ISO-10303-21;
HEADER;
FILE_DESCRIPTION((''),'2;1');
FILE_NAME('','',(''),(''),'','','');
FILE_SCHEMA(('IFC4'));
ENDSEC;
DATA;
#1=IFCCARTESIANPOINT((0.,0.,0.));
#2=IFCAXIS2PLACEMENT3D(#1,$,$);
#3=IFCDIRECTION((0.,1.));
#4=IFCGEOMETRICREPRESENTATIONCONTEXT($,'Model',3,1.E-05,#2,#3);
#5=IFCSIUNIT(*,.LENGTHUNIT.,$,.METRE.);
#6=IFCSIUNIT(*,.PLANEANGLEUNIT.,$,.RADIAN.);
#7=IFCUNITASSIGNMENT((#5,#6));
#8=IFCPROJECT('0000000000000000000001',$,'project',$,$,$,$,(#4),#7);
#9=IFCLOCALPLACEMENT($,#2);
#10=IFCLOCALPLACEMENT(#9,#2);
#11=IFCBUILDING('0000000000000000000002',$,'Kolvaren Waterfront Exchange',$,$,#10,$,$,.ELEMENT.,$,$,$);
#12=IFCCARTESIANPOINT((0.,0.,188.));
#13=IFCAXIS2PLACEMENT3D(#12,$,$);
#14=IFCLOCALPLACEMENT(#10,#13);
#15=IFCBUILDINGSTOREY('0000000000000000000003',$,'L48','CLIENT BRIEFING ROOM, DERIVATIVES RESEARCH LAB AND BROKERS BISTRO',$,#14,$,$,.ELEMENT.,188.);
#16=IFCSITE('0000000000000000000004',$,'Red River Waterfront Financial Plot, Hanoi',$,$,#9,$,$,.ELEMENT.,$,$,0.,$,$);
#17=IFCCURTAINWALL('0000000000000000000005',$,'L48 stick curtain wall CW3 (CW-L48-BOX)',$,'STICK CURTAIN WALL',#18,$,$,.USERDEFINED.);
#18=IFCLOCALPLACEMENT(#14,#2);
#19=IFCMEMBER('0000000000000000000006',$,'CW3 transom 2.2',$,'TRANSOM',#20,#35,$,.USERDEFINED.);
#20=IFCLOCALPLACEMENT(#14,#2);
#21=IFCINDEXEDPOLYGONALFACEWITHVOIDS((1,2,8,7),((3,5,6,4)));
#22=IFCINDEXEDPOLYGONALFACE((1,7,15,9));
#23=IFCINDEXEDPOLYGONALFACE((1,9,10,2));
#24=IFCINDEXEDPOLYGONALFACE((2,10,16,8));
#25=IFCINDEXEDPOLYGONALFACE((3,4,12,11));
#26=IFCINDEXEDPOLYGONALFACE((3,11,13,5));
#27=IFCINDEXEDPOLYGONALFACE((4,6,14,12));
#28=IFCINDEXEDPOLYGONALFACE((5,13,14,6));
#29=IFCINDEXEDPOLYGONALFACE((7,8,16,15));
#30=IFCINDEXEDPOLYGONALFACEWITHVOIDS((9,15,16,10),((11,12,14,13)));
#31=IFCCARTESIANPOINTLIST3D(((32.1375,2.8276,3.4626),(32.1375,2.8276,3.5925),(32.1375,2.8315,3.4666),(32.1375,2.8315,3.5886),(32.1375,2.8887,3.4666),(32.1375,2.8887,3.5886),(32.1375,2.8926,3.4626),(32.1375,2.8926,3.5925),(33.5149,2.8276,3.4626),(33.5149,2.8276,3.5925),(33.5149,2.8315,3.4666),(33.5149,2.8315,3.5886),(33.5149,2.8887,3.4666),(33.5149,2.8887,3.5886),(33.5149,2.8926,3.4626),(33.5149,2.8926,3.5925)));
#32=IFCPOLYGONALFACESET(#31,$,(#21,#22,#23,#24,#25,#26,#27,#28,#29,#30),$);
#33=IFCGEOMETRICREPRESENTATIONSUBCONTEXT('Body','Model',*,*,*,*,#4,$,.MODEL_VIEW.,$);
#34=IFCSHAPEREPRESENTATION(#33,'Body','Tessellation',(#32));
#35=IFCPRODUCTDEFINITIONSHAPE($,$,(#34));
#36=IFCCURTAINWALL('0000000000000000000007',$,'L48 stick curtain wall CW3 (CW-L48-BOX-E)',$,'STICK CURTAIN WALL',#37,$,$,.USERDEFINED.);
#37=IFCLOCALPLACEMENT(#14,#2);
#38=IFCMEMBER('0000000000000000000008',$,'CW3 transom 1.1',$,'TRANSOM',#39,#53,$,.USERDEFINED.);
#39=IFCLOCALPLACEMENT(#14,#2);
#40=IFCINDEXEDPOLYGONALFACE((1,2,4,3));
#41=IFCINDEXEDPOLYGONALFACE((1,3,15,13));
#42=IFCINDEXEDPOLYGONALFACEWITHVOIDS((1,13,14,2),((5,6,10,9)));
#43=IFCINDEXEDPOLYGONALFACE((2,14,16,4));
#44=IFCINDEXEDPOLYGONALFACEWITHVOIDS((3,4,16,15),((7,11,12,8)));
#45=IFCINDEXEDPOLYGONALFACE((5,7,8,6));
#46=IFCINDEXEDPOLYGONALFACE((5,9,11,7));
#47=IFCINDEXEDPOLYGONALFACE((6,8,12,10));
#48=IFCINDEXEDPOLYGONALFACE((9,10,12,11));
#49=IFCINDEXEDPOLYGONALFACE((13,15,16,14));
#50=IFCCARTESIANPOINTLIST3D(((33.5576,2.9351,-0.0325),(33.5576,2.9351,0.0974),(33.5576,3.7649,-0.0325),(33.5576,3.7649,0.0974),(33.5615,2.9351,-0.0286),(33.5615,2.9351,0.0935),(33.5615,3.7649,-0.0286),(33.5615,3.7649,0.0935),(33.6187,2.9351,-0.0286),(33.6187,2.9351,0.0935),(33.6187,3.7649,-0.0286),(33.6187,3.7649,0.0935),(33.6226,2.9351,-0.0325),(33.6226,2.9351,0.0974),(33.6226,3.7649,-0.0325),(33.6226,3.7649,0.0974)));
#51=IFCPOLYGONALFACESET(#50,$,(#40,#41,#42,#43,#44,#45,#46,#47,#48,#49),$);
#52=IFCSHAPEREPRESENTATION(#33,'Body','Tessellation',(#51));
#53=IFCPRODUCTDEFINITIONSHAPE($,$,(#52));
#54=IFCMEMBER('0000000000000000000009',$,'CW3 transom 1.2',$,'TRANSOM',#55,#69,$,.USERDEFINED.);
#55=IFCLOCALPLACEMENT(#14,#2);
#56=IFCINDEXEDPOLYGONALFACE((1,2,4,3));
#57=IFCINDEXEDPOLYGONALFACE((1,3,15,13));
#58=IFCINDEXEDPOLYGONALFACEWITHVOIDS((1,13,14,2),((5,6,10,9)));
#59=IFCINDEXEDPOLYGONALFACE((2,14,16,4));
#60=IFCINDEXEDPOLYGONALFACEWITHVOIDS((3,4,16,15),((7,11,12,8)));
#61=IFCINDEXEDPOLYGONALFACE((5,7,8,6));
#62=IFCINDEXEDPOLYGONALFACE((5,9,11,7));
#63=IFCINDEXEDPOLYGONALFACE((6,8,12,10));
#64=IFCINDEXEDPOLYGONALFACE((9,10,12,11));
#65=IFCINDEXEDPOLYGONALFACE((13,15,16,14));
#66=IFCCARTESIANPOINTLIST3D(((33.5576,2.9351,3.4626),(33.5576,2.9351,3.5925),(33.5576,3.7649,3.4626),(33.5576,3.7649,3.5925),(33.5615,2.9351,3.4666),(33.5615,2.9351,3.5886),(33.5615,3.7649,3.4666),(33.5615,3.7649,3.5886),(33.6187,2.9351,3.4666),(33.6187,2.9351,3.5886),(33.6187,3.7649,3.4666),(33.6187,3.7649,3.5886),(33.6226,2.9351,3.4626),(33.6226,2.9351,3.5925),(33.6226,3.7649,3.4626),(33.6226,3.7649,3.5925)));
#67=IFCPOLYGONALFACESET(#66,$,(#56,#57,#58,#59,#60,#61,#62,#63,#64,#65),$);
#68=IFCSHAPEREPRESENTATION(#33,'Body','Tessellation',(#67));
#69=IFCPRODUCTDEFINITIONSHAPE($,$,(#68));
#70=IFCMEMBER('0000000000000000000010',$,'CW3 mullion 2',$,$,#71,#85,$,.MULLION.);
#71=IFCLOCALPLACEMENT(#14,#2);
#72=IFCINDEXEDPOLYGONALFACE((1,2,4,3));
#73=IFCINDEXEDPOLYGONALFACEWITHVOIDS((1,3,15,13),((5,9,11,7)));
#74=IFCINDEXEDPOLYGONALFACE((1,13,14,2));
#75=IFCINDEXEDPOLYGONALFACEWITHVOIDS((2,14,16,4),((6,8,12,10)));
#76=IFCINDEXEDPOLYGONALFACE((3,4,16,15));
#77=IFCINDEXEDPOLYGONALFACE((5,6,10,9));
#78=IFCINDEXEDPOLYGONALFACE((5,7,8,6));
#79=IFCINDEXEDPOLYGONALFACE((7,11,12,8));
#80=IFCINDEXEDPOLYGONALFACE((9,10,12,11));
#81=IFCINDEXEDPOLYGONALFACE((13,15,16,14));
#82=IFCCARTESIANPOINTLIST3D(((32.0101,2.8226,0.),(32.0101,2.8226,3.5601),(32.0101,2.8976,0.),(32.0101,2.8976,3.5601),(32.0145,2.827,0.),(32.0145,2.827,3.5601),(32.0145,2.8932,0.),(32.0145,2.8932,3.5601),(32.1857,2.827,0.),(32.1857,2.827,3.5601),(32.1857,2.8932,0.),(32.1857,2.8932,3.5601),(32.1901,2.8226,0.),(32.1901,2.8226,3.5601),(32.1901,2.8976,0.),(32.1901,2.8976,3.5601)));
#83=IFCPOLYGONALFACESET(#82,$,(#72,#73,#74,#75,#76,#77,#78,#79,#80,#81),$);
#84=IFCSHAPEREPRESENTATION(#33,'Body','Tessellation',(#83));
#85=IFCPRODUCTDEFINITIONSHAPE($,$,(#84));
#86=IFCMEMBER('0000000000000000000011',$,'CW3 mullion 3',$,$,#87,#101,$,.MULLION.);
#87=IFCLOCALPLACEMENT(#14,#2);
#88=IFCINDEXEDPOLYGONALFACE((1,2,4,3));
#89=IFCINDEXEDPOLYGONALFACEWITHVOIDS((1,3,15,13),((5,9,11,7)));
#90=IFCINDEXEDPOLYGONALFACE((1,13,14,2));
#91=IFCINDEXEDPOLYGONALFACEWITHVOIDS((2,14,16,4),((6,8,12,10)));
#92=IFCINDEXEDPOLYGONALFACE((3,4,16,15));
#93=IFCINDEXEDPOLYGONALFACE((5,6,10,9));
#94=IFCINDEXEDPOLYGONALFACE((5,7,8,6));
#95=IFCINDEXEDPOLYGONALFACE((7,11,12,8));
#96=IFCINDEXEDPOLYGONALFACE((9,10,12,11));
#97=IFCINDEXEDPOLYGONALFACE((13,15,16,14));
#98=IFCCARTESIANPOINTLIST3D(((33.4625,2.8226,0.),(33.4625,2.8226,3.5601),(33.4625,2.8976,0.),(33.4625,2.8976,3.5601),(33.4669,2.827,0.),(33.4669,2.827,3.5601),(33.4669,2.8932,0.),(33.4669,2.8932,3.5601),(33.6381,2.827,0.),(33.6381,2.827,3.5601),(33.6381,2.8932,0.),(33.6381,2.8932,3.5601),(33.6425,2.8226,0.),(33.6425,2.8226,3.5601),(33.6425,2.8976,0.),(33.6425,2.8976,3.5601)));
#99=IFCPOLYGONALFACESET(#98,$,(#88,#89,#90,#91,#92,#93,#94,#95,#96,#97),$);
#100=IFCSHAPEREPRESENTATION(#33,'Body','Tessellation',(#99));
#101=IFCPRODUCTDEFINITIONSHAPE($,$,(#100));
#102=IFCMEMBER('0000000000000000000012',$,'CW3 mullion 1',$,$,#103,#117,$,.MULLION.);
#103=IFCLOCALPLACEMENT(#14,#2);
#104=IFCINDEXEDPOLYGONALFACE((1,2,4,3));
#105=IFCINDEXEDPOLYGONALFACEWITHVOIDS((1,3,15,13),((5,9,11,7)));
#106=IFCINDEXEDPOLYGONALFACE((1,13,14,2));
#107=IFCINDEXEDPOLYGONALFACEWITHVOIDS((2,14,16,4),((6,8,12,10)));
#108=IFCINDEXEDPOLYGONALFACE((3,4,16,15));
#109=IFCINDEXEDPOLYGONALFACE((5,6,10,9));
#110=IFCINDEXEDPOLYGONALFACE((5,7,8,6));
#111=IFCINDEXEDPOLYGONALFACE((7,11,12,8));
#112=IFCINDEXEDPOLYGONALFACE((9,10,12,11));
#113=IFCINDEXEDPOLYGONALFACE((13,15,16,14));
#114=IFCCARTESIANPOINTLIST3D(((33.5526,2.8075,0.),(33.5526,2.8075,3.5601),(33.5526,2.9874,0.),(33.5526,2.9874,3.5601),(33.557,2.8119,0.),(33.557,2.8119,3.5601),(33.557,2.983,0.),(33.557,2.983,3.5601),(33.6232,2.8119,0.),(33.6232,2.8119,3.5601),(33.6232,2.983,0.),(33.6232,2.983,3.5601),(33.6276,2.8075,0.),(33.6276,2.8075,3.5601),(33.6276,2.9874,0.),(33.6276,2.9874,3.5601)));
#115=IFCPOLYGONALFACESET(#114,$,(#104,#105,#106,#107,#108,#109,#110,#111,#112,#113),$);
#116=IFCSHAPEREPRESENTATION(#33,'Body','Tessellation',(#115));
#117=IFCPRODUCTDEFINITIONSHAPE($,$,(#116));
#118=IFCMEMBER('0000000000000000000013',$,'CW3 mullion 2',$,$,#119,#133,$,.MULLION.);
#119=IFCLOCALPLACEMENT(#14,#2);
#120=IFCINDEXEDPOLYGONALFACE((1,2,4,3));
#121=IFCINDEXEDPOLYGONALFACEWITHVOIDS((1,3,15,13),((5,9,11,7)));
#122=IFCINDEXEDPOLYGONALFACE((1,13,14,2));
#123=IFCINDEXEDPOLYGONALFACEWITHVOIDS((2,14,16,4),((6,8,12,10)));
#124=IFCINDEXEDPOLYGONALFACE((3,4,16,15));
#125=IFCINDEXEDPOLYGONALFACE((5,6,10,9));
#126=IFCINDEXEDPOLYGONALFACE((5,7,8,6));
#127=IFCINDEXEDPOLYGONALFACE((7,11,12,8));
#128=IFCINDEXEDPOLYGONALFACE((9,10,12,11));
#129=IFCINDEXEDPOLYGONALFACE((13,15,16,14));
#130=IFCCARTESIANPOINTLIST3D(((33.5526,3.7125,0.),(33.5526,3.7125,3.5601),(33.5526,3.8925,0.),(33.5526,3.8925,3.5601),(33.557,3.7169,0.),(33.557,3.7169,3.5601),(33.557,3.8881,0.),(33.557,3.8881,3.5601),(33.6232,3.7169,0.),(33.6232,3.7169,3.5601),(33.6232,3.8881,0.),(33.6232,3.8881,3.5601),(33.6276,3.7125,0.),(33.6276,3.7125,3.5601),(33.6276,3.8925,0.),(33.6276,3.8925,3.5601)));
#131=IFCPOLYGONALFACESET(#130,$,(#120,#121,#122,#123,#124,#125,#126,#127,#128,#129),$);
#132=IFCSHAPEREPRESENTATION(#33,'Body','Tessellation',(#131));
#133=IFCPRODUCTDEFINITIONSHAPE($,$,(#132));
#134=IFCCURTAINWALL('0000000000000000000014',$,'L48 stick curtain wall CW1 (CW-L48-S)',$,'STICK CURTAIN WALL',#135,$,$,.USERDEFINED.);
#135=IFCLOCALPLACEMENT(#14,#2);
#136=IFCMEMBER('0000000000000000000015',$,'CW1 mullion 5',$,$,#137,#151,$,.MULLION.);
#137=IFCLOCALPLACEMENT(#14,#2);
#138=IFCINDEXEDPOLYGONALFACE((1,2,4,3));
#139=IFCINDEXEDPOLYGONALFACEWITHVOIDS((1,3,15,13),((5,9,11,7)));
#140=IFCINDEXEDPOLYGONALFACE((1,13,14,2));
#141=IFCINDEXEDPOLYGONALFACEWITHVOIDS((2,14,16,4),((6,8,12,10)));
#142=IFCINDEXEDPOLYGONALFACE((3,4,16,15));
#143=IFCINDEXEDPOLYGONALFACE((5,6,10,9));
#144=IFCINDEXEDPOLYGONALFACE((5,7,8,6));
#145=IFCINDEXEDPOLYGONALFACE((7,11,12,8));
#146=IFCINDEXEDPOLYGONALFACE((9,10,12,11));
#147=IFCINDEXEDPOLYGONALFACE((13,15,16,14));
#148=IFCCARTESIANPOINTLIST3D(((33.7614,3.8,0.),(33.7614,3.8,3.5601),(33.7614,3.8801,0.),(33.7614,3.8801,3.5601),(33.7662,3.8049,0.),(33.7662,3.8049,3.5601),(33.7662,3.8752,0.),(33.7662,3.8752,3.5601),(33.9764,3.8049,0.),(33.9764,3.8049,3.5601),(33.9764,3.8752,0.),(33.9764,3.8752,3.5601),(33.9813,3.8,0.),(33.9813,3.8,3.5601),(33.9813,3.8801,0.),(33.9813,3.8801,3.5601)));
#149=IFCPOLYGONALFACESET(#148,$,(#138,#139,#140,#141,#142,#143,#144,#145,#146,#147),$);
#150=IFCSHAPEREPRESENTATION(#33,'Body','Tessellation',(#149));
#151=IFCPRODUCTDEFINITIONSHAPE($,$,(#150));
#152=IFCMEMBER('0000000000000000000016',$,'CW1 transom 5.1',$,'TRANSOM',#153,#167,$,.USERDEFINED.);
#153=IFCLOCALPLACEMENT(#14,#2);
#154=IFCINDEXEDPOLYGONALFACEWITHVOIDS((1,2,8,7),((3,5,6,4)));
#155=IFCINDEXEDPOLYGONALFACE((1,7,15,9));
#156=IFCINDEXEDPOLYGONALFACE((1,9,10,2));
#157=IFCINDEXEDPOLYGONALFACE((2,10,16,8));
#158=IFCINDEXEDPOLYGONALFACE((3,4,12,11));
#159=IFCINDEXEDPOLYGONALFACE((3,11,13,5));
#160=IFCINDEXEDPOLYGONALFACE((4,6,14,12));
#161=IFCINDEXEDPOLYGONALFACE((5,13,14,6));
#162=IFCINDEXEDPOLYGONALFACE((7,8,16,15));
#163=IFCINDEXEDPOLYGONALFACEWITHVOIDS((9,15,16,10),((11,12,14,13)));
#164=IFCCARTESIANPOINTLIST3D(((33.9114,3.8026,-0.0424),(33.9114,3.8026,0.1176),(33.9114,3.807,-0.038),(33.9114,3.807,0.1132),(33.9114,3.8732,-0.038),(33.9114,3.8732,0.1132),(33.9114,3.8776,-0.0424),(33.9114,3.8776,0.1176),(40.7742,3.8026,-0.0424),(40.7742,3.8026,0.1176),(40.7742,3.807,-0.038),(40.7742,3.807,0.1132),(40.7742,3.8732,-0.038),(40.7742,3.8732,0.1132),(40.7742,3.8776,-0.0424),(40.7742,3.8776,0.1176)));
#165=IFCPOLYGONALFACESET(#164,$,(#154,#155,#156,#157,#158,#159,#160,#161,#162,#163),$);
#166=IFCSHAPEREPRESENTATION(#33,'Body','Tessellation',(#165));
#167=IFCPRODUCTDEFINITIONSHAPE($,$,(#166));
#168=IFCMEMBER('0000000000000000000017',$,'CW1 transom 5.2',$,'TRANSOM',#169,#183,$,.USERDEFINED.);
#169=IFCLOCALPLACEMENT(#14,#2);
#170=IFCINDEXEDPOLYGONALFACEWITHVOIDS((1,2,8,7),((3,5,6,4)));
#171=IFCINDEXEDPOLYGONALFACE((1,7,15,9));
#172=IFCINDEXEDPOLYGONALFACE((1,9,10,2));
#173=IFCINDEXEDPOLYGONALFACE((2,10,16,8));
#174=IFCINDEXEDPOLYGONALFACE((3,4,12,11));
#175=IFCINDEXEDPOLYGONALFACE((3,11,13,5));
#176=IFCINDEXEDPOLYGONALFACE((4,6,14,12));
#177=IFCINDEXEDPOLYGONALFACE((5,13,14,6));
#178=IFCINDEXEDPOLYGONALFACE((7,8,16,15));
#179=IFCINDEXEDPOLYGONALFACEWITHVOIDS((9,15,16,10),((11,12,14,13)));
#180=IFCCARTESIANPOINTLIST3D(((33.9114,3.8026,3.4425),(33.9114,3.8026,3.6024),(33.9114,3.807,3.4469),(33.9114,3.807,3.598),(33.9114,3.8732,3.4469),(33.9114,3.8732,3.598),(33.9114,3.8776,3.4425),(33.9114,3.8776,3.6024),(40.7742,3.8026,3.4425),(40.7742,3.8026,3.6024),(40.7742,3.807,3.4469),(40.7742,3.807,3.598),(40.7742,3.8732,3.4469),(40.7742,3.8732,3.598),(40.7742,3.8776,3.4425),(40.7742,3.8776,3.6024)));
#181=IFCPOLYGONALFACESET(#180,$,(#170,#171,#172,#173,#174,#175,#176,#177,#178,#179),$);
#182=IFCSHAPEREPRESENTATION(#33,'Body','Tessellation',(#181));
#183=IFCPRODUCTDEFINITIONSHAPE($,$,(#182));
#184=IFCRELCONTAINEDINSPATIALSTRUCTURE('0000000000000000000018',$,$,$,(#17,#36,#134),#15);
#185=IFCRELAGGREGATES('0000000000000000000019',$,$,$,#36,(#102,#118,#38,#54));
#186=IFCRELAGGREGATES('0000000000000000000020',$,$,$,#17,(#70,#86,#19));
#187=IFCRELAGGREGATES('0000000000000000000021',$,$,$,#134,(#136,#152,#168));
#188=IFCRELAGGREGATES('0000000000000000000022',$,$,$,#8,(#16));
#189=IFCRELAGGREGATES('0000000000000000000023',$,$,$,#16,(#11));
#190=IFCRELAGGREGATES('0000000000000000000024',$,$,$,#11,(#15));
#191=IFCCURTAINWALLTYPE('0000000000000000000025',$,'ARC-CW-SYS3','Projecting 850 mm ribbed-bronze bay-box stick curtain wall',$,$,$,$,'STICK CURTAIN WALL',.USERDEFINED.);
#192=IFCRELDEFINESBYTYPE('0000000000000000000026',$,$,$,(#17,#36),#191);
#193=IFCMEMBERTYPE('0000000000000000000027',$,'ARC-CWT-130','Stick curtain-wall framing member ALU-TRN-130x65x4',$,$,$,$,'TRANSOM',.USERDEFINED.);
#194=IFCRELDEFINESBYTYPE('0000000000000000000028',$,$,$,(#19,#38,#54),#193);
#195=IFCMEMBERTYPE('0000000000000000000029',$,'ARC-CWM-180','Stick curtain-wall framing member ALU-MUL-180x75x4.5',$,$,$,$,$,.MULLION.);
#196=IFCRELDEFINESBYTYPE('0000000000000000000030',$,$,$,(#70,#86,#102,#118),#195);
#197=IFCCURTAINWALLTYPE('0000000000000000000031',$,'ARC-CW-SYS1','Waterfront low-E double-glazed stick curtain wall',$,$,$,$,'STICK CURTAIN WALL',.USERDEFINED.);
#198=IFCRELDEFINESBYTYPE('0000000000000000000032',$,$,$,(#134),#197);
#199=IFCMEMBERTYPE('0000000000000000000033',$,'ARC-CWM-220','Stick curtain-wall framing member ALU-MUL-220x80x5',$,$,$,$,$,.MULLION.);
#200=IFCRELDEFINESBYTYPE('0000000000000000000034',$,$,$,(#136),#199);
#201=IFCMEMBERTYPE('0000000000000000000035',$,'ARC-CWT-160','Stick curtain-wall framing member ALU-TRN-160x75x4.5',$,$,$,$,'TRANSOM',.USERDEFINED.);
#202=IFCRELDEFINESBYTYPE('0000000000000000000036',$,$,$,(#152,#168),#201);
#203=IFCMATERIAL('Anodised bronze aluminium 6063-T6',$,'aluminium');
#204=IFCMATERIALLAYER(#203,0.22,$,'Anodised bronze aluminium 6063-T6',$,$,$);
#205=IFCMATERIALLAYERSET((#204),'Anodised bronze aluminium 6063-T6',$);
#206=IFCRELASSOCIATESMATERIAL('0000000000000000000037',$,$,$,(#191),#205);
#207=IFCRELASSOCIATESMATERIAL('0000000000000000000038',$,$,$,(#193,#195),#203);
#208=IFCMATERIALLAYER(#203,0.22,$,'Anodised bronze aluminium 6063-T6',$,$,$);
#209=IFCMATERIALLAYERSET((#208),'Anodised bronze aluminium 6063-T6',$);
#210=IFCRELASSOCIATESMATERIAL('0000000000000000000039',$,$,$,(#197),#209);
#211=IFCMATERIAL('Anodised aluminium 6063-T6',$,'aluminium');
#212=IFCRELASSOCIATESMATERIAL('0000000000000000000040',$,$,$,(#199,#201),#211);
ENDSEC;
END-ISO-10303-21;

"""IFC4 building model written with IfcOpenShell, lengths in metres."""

from ifc_helpers import new_model, si_unit, direction, frame, origin, origin_with_axes, origin_2d, place, context, subcontext, project, spatial, hollow_rectangle, extrude, source, transform, mapped, material, layer, layer_set, material_profile, profile_set, type_object, element, aggregate, save


model = new_model("IFC4")

# Units and contexts
model_context = context("Model", 3, precision=1e-05, world=origin(), true_north=direction((0.0, 1.0)))
body_context = subcontext(model_context, "Body", "Model", "MODEL_VIEW")
ifc_project = project(units=[si_unit("LENGTHUNIT", "METRE"), si_unit("PLANEANGLEUNIT", "RADIAN")], contexts=[model_context])

# Site, building, storey
site_placement = place(None, origin())
site = spatial("IfcSite", under=ifc_project, at=site_placement, Name="Red River Waterfront Financial Plot, Hanoi", CompositionType="ELEMENT", RefElevation=0.0)
building_placement = place(site_placement, origin())
building = spatial("IfcBuilding", under=site, at=building_placement, Name="Kolvaren Waterfront Exchange", CompositionType="ELEMENT")
storey_placement = place(building_placement, frame((0.0, 0.0, 188.0)))
storey = spatial("IfcBuildingStorey", under=building, at=storey_placement, Name="L48", Description="CLIENT BRIEFING ROOM, DERIVATIVES RESEARCH LAB AND BROKERS BISTRO", CompositionType="ELEMENT", Elevation=188.0)

# Curtain walls, members
ifc_material_1 = material(Name="Anodised bronze aluminium 6063-T6", Category="aluminium")
ifc_layer_1 = layer(ifc_material_1, 0.22, Name="Anodised bronze aluminium 6063-T6")
ifc_layer_set_1 = layer_set([ifc_layer_1], Name="Anodised bronze aluminium 6063-T6")
curtain_wall_type_1 = type_object("IfcCurtainWallType", Name="ARC-CW-SYS3", Description="Projecting 850 mm ribbed-bronze bay-box stick curtain wall", ElementType="STICK CURTAIN WALL", PredefinedType="USERDEFINED", material=ifc_layer_set_1)
curtain_wall_1_placement = place(storey_placement, origin())
curtain_wall_1 = element("IfcCurtainWall", 1, at=curtain_wall_1_placement, inside=storey, type_object=curtain_wall_type_1, Name="L48 stick curtain wall CW3 (CW-L48-BOX)", ObjectType="STICK CURTAIN WALL", PredefinedType="USERDEFINED")
ifc_material_profile_1 = material_profile(ifc_material_1, hollow_rectangle(XDim=0.0649, YDim=0.1299, WallThickness=0.0039, at=origin_2d()), Name="ALU-TRN-130x65x4")
ifc_profile_set_1 = profile_set([ifc_material_profile_1], Name="Anodised bronze aluminium 6063-T6")
member_type_1 = type_object("IfcMemberType", Name="ARC-CWT-130", Description="Stick curtain-wall framing member ALU-TRN-130x65x4", ElementType="TRANSOM", PredefinedType="USERDEFINED", material=ifc_profile_set_1)
shared_shape_1 = source(origin_with_axes(), body_context, "Body", "SweptSolid", [
    extrude(hollow_rectangle(XDim=0.0649, YDim=0.1299, WallThickness=0.0039, at=origin_2d()), origin(), (0.0, 0.0, 1.0), 1.3774),
])
member_1_placement = place(storey_placement, frame((32.1375, 2.8601, 3.5276), z_axis=(1.0, 0.0, 0.0), x_axis=(0.0, 1.0, 0.0)))
member_1 = element("IfcMember", 2, at=member_1_placement, type_object=member_type_1, Name="CW3 transom 2.2", ObjectType="TRANSOM", PredefinedType="USERDEFINED", context=body_context, shape_type="MappedRepresentation", body=[
    mapped(shared_shape_1, transform((0.0, 0.0, 0.0), x_axis=(1.0, 0.0, 0.0), y_axis=(0.0, 1.0, 0.0), z_axis=(0.0, 0.0, 1.0), scale=1.0)),
])
curtain_wall_2_placement = place(storey_placement, origin())
curtain_wall_2 = element("IfcCurtainWall", 3, at=curtain_wall_2_placement, inside=storey, type_object=curtain_wall_type_1, Name="L48 stick curtain wall CW3 (CW-L48-BOX-E)", ObjectType="STICK CURTAIN WALL", PredefinedType="USERDEFINED")
shared_shape_2 = source(origin_with_axes(), body_context, "Body", "SweptSolid", [
    extrude(hollow_rectangle(XDim=0.0649, YDim=0.1299, WallThickness=0.0039, at=origin_2d()), origin(), (0.0, 0.0, 1.0), 0.8298),
])
member_2_placement = place(storey_placement, frame((33.5901, 2.9351, 0.0325), z_axis=(0.0, 1.0, 0.0), x_axis=(-1.0, 0.0, 0.0)))
member_2 = element("IfcMember", 4, at=member_2_placement, type_object=member_type_1, Name="CW3 transom 1.1", ObjectType="TRANSOM", PredefinedType="USERDEFINED", context=body_context, shape_type="MappedRepresentation", body=[
    mapped(shared_shape_2, transform((0.0, 0.0, 0.0), x_axis=(1.0, 0.0, 0.0), y_axis=(0.0, 1.0, 0.0), z_axis=(0.0, 0.0, 1.0), scale=1.0)),
])
member_3_placement = place(storey_placement, frame((33.5901, 2.9351, 3.5276), z_axis=(0.0, 1.0, 0.0), x_axis=(-1.0, 0.0, 0.0)))
member_3 = element("IfcMember", 5, at=member_3_placement, type_object=member_type_1, Name="CW3 transom 1.2", ObjectType="TRANSOM", PredefinedType="USERDEFINED", context=body_context, shape_type="MappedRepresentation", body=[
    mapped(shared_shape_2, transform((0.0, 0.0, 0.0), x_axis=(1.0, 0.0, 0.0), y_axis=(0.0, 1.0, 0.0), z_axis=(0.0, 0.0, 1.0), scale=1.0)),
])

# Members
ifc_material_profile_2 = material_profile(ifc_material_1, hollow_rectangle(XDim=0.075, YDim=0.1799, WallThickness=0.0044, at=origin_2d()), Name="ALU-MUL-180x75x4.5")
ifc_profile_set_2 = profile_set([ifc_material_profile_2], Name="Anodised bronze aluminium 6063-T6")
member_type_2 = type_object("IfcMemberType", Name="ARC-CWM-180", Description="Stick curtain-wall framing member ALU-MUL-180x75x4.5", PredefinedType="MULLION", material=ifc_profile_set_2)
shared_shape_3 = source(origin_with_axes(), body_context, "Body", "SweptSolid", [
    extrude(hollow_rectangle(XDim=0.075, YDim=0.1799, WallThickness=0.0044, at=origin_2d()), origin(), (0.0, 0.0, 1.0), 3.5601),
])
member_4_placement = place(storey_placement, frame((32.1001, 2.8601, 0.0), z_axis=(0.0, 0.0, 1.0), x_axis=(0.0, 1.0, 0.0)))
member_4 = element("IfcMember", 6, at=member_4_placement, type_object=member_type_2, Name="CW3 mullion 2", PredefinedType="MULLION", context=body_context, shape_type="MappedRepresentation", body=[
    mapped(shared_shape_3, transform((0.0, 0.0, 0.0), x_axis=(1.0, 0.0, 0.0), y_axis=(0.0, 1.0, 0.0), z_axis=(0.0, 0.0, 1.0), scale=1.0)),
])
member_5_placement = place(storey_placement, frame((33.5525, 2.8601, 0.0), z_axis=(0.0, 0.0, 1.0), x_axis=(0.0, 1.0, 0.0)))
member_5 = element("IfcMember", 7, at=member_5_placement, type_object=member_type_2, Name="CW3 mullion 3", PredefinedType="MULLION", context=body_context, shape_type="MappedRepresentation", body=[
    mapped(shared_shape_3, transform((0.0, 0.0, 0.0), x_axis=(1.0, 0.0, 0.0), y_axis=(0.0, 1.0, 0.0), z_axis=(0.0, 0.0, 1.0), scale=1.0)),
])
member_6_placement = place(storey_placement, frame((33.5901, 2.8975, 0.0), z_axis=(0.0, 0.0, 1.0), x_axis=(-1.0, 0.0, 0.0)))
member_6 = element("IfcMember", 8, at=member_6_placement, type_object=member_type_2, Name="CW3 mullion 1", PredefinedType="MULLION", context=body_context, shape_type="MappedRepresentation", body=[
    mapped(shared_shape_3, transform((0.0, 0.0, 0.0), x_axis=(1.0, 0.0, 0.0), y_axis=(0.0, 1.0, 0.0), z_axis=(0.0, 0.0, 1.0), scale=1.0)),
])
member_7_placement = place(storey_placement, frame((33.5901, 3.8025, 0.0), z_axis=(0.0, 0.0, 1.0), x_axis=(-1.0, 0.0, 0.0)))
member_7 = element("IfcMember", 9, at=member_7_placement, type_object=member_type_2, Name="CW3 mullion 2", PredefinedType="MULLION", context=body_context, shape_type="MappedRepresentation", body=[
    mapped(shared_shape_3, transform((0.0, 0.0, 0.0), x_axis=(1.0, 0.0, 0.0), y_axis=(0.0, 1.0, 0.0), z_axis=(0.0, 0.0, 1.0), scale=1.0)),
])

# Curtain wall, members
ifc_layer_2 = layer(ifc_material_1, 0.22, Name="Anodised bronze aluminium 6063-T6")
ifc_layer_set_2 = layer_set([ifc_layer_2], Name="Anodised bronze aluminium 6063-T6")
curtain_wall_type_2 = type_object("IfcCurtainWallType", Name="ARC-CW-SYS1", Description="Waterfront low-E double-glazed stick curtain wall", ElementType="STICK CURTAIN WALL", PredefinedType="USERDEFINED", material=ifc_layer_set_2)
curtain_wall_3_placement = place(storey_placement, origin())
curtain_wall_3 = element("IfcCurtainWall", 10, at=curtain_wall_3_placement, inside=storey, type_object=curtain_wall_type_2, Name="L48 stick curtain wall CW1 (CW-L48-S)", ObjectType="STICK CURTAIN WALL", PredefinedType="USERDEFINED")
ifc_material_2 = material(Name="Anodised aluminium 6063-T6", Category="aluminium")
ifc_material_profile_3 = material_profile(ifc_material_2, hollow_rectangle(XDim=0.0801, YDim=0.22, WallThickness=0.0049, at=origin_2d()), Name="ALU-MUL-220x80x5")
ifc_profile_set_3 = profile_set([ifc_material_profile_3], Name="Anodised aluminium 6063-T6")
member_type_3 = type_object("IfcMemberType", Name="ARC-CWM-220", Description="Stick curtain-wall framing member ALU-MUL-220x80x5", PredefinedType="MULLION", material=ifc_profile_set_3)
shared_shape_4 = source(origin_with_axes(), body_context, "Body", "SweptSolid", [
    extrude(hollow_rectangle(XDim=0.0801, YDim=0.22, WallThickness=0.0049, at=origin_2d()), origin(), (0.0, 0.0, 1.0), 3.5601),
])
member_8_placement = place(storey_placement, frame((33.8713, 3.8401, 0.0), z_axis=(0.0, 0.0, 1.0), x_axis=(0.0, 1.0, 0.0)))
member_8 = element("IfcMember", 11, at=member_8_placement, type_object=member_type_3, Name="CW1 mullion 5", PredefinedType="MULLION", context=body_context, shape_type="MappedRepresentation", body=[
    mapped(shared_shape_4, transform((0.0, 0.0, 0.0), x_axis=(1.0, 0.0, 0.0), y_axis=(0.0, 1.0, 0.0), z_axis=(0.0, 0.0, 1.0), scale=1.0)),
])
ifc_material_profile_4 = material_profile(ifc_material_2, hollow_rectangle(XDim=0.075, YDim=0.1599, WallThickness=0.0044, at=origin_2d()), Name="ALU-TRN-160x75x4.5")
ifc_profile_set_4 = profile_set([ifc_material_profile_4], Name="Anodised aluminium 6063-T6")
member_type_4 = type_object("IfcMemberType", Name="ARC-CWT-160", Description="Stick curtain-wall framing member ALU-TRN-160x75x4.5", ElementType="TRANSOM", PredefinedType="USERDEFINED", material=ifc_profile_set_4)
shared_shape_5 = source(origin_with_axes(), body_context, "Body", "SweptSolid", [
    extrude(hollow_rectangle(XDim=0.075, YDim=0.1599, WallThickness=0.0044, at=origin_2d()), origin(), (0.0, 0.0, 1.0), 6.8628),
])
member_9_placement = place(storey_placement, frame((33.9114, 3.8401, 0.0376), z_axis=(1.0, 0.0, 0.0), x_axis=(0.0, 1.0, 0.0)))
member_9 = element("IfcMember", 12, at=member_9_placement, type_object=member_type_4, Name="CW1 transom 5.1", ObjectType="TRANSOM", PredefinedType="USERDEFINED", context=body_context, shape_type="MappedRepresentation", body=[
    mapped(shared_shape_5, transform((0.0, 0.0, 0.0), x_axis=(1.0, 0.0, 0.0), y_axis=(0.0, 1.0, 0.0), z_axis=(0.0, 0.0, 1.0), scale=1.0)),
])
member_10_placement = place(storey_placement, frame((33.9114, 3.8401, 3.5225), z_axis=(1.0, 0.0, 0.0), x_axis=(0.0, 1.0, 0.0)))
member_10 = element("IfcMember", 13, at=member_10_placement, type_object=member_type_4, Name="CW1 transom 5.2", ObjectType="TRANSOM", PredefinedType="USERDEFINED", context=body_context, shape_type="MappedRepresentation", body=[
    mapped(shared_shape_5, transform((0.0, 0.0, 0.0), x_axis=(1.0, 0.0, 0.0), y_axis=(0.0, 1.0, 0.0), z_axis=(0.0, 0.0, 1.0), scale=1.0)),
])

aggregate(curtain_wall_2, [member_6, member_7, member_2, member_3])
aggregate(curtain_wall_1, [member_4, member_5, member_1])
aggregate(curtain_wall_3, [member_8, member_9, member_10])

save(model, "model.ifc")
